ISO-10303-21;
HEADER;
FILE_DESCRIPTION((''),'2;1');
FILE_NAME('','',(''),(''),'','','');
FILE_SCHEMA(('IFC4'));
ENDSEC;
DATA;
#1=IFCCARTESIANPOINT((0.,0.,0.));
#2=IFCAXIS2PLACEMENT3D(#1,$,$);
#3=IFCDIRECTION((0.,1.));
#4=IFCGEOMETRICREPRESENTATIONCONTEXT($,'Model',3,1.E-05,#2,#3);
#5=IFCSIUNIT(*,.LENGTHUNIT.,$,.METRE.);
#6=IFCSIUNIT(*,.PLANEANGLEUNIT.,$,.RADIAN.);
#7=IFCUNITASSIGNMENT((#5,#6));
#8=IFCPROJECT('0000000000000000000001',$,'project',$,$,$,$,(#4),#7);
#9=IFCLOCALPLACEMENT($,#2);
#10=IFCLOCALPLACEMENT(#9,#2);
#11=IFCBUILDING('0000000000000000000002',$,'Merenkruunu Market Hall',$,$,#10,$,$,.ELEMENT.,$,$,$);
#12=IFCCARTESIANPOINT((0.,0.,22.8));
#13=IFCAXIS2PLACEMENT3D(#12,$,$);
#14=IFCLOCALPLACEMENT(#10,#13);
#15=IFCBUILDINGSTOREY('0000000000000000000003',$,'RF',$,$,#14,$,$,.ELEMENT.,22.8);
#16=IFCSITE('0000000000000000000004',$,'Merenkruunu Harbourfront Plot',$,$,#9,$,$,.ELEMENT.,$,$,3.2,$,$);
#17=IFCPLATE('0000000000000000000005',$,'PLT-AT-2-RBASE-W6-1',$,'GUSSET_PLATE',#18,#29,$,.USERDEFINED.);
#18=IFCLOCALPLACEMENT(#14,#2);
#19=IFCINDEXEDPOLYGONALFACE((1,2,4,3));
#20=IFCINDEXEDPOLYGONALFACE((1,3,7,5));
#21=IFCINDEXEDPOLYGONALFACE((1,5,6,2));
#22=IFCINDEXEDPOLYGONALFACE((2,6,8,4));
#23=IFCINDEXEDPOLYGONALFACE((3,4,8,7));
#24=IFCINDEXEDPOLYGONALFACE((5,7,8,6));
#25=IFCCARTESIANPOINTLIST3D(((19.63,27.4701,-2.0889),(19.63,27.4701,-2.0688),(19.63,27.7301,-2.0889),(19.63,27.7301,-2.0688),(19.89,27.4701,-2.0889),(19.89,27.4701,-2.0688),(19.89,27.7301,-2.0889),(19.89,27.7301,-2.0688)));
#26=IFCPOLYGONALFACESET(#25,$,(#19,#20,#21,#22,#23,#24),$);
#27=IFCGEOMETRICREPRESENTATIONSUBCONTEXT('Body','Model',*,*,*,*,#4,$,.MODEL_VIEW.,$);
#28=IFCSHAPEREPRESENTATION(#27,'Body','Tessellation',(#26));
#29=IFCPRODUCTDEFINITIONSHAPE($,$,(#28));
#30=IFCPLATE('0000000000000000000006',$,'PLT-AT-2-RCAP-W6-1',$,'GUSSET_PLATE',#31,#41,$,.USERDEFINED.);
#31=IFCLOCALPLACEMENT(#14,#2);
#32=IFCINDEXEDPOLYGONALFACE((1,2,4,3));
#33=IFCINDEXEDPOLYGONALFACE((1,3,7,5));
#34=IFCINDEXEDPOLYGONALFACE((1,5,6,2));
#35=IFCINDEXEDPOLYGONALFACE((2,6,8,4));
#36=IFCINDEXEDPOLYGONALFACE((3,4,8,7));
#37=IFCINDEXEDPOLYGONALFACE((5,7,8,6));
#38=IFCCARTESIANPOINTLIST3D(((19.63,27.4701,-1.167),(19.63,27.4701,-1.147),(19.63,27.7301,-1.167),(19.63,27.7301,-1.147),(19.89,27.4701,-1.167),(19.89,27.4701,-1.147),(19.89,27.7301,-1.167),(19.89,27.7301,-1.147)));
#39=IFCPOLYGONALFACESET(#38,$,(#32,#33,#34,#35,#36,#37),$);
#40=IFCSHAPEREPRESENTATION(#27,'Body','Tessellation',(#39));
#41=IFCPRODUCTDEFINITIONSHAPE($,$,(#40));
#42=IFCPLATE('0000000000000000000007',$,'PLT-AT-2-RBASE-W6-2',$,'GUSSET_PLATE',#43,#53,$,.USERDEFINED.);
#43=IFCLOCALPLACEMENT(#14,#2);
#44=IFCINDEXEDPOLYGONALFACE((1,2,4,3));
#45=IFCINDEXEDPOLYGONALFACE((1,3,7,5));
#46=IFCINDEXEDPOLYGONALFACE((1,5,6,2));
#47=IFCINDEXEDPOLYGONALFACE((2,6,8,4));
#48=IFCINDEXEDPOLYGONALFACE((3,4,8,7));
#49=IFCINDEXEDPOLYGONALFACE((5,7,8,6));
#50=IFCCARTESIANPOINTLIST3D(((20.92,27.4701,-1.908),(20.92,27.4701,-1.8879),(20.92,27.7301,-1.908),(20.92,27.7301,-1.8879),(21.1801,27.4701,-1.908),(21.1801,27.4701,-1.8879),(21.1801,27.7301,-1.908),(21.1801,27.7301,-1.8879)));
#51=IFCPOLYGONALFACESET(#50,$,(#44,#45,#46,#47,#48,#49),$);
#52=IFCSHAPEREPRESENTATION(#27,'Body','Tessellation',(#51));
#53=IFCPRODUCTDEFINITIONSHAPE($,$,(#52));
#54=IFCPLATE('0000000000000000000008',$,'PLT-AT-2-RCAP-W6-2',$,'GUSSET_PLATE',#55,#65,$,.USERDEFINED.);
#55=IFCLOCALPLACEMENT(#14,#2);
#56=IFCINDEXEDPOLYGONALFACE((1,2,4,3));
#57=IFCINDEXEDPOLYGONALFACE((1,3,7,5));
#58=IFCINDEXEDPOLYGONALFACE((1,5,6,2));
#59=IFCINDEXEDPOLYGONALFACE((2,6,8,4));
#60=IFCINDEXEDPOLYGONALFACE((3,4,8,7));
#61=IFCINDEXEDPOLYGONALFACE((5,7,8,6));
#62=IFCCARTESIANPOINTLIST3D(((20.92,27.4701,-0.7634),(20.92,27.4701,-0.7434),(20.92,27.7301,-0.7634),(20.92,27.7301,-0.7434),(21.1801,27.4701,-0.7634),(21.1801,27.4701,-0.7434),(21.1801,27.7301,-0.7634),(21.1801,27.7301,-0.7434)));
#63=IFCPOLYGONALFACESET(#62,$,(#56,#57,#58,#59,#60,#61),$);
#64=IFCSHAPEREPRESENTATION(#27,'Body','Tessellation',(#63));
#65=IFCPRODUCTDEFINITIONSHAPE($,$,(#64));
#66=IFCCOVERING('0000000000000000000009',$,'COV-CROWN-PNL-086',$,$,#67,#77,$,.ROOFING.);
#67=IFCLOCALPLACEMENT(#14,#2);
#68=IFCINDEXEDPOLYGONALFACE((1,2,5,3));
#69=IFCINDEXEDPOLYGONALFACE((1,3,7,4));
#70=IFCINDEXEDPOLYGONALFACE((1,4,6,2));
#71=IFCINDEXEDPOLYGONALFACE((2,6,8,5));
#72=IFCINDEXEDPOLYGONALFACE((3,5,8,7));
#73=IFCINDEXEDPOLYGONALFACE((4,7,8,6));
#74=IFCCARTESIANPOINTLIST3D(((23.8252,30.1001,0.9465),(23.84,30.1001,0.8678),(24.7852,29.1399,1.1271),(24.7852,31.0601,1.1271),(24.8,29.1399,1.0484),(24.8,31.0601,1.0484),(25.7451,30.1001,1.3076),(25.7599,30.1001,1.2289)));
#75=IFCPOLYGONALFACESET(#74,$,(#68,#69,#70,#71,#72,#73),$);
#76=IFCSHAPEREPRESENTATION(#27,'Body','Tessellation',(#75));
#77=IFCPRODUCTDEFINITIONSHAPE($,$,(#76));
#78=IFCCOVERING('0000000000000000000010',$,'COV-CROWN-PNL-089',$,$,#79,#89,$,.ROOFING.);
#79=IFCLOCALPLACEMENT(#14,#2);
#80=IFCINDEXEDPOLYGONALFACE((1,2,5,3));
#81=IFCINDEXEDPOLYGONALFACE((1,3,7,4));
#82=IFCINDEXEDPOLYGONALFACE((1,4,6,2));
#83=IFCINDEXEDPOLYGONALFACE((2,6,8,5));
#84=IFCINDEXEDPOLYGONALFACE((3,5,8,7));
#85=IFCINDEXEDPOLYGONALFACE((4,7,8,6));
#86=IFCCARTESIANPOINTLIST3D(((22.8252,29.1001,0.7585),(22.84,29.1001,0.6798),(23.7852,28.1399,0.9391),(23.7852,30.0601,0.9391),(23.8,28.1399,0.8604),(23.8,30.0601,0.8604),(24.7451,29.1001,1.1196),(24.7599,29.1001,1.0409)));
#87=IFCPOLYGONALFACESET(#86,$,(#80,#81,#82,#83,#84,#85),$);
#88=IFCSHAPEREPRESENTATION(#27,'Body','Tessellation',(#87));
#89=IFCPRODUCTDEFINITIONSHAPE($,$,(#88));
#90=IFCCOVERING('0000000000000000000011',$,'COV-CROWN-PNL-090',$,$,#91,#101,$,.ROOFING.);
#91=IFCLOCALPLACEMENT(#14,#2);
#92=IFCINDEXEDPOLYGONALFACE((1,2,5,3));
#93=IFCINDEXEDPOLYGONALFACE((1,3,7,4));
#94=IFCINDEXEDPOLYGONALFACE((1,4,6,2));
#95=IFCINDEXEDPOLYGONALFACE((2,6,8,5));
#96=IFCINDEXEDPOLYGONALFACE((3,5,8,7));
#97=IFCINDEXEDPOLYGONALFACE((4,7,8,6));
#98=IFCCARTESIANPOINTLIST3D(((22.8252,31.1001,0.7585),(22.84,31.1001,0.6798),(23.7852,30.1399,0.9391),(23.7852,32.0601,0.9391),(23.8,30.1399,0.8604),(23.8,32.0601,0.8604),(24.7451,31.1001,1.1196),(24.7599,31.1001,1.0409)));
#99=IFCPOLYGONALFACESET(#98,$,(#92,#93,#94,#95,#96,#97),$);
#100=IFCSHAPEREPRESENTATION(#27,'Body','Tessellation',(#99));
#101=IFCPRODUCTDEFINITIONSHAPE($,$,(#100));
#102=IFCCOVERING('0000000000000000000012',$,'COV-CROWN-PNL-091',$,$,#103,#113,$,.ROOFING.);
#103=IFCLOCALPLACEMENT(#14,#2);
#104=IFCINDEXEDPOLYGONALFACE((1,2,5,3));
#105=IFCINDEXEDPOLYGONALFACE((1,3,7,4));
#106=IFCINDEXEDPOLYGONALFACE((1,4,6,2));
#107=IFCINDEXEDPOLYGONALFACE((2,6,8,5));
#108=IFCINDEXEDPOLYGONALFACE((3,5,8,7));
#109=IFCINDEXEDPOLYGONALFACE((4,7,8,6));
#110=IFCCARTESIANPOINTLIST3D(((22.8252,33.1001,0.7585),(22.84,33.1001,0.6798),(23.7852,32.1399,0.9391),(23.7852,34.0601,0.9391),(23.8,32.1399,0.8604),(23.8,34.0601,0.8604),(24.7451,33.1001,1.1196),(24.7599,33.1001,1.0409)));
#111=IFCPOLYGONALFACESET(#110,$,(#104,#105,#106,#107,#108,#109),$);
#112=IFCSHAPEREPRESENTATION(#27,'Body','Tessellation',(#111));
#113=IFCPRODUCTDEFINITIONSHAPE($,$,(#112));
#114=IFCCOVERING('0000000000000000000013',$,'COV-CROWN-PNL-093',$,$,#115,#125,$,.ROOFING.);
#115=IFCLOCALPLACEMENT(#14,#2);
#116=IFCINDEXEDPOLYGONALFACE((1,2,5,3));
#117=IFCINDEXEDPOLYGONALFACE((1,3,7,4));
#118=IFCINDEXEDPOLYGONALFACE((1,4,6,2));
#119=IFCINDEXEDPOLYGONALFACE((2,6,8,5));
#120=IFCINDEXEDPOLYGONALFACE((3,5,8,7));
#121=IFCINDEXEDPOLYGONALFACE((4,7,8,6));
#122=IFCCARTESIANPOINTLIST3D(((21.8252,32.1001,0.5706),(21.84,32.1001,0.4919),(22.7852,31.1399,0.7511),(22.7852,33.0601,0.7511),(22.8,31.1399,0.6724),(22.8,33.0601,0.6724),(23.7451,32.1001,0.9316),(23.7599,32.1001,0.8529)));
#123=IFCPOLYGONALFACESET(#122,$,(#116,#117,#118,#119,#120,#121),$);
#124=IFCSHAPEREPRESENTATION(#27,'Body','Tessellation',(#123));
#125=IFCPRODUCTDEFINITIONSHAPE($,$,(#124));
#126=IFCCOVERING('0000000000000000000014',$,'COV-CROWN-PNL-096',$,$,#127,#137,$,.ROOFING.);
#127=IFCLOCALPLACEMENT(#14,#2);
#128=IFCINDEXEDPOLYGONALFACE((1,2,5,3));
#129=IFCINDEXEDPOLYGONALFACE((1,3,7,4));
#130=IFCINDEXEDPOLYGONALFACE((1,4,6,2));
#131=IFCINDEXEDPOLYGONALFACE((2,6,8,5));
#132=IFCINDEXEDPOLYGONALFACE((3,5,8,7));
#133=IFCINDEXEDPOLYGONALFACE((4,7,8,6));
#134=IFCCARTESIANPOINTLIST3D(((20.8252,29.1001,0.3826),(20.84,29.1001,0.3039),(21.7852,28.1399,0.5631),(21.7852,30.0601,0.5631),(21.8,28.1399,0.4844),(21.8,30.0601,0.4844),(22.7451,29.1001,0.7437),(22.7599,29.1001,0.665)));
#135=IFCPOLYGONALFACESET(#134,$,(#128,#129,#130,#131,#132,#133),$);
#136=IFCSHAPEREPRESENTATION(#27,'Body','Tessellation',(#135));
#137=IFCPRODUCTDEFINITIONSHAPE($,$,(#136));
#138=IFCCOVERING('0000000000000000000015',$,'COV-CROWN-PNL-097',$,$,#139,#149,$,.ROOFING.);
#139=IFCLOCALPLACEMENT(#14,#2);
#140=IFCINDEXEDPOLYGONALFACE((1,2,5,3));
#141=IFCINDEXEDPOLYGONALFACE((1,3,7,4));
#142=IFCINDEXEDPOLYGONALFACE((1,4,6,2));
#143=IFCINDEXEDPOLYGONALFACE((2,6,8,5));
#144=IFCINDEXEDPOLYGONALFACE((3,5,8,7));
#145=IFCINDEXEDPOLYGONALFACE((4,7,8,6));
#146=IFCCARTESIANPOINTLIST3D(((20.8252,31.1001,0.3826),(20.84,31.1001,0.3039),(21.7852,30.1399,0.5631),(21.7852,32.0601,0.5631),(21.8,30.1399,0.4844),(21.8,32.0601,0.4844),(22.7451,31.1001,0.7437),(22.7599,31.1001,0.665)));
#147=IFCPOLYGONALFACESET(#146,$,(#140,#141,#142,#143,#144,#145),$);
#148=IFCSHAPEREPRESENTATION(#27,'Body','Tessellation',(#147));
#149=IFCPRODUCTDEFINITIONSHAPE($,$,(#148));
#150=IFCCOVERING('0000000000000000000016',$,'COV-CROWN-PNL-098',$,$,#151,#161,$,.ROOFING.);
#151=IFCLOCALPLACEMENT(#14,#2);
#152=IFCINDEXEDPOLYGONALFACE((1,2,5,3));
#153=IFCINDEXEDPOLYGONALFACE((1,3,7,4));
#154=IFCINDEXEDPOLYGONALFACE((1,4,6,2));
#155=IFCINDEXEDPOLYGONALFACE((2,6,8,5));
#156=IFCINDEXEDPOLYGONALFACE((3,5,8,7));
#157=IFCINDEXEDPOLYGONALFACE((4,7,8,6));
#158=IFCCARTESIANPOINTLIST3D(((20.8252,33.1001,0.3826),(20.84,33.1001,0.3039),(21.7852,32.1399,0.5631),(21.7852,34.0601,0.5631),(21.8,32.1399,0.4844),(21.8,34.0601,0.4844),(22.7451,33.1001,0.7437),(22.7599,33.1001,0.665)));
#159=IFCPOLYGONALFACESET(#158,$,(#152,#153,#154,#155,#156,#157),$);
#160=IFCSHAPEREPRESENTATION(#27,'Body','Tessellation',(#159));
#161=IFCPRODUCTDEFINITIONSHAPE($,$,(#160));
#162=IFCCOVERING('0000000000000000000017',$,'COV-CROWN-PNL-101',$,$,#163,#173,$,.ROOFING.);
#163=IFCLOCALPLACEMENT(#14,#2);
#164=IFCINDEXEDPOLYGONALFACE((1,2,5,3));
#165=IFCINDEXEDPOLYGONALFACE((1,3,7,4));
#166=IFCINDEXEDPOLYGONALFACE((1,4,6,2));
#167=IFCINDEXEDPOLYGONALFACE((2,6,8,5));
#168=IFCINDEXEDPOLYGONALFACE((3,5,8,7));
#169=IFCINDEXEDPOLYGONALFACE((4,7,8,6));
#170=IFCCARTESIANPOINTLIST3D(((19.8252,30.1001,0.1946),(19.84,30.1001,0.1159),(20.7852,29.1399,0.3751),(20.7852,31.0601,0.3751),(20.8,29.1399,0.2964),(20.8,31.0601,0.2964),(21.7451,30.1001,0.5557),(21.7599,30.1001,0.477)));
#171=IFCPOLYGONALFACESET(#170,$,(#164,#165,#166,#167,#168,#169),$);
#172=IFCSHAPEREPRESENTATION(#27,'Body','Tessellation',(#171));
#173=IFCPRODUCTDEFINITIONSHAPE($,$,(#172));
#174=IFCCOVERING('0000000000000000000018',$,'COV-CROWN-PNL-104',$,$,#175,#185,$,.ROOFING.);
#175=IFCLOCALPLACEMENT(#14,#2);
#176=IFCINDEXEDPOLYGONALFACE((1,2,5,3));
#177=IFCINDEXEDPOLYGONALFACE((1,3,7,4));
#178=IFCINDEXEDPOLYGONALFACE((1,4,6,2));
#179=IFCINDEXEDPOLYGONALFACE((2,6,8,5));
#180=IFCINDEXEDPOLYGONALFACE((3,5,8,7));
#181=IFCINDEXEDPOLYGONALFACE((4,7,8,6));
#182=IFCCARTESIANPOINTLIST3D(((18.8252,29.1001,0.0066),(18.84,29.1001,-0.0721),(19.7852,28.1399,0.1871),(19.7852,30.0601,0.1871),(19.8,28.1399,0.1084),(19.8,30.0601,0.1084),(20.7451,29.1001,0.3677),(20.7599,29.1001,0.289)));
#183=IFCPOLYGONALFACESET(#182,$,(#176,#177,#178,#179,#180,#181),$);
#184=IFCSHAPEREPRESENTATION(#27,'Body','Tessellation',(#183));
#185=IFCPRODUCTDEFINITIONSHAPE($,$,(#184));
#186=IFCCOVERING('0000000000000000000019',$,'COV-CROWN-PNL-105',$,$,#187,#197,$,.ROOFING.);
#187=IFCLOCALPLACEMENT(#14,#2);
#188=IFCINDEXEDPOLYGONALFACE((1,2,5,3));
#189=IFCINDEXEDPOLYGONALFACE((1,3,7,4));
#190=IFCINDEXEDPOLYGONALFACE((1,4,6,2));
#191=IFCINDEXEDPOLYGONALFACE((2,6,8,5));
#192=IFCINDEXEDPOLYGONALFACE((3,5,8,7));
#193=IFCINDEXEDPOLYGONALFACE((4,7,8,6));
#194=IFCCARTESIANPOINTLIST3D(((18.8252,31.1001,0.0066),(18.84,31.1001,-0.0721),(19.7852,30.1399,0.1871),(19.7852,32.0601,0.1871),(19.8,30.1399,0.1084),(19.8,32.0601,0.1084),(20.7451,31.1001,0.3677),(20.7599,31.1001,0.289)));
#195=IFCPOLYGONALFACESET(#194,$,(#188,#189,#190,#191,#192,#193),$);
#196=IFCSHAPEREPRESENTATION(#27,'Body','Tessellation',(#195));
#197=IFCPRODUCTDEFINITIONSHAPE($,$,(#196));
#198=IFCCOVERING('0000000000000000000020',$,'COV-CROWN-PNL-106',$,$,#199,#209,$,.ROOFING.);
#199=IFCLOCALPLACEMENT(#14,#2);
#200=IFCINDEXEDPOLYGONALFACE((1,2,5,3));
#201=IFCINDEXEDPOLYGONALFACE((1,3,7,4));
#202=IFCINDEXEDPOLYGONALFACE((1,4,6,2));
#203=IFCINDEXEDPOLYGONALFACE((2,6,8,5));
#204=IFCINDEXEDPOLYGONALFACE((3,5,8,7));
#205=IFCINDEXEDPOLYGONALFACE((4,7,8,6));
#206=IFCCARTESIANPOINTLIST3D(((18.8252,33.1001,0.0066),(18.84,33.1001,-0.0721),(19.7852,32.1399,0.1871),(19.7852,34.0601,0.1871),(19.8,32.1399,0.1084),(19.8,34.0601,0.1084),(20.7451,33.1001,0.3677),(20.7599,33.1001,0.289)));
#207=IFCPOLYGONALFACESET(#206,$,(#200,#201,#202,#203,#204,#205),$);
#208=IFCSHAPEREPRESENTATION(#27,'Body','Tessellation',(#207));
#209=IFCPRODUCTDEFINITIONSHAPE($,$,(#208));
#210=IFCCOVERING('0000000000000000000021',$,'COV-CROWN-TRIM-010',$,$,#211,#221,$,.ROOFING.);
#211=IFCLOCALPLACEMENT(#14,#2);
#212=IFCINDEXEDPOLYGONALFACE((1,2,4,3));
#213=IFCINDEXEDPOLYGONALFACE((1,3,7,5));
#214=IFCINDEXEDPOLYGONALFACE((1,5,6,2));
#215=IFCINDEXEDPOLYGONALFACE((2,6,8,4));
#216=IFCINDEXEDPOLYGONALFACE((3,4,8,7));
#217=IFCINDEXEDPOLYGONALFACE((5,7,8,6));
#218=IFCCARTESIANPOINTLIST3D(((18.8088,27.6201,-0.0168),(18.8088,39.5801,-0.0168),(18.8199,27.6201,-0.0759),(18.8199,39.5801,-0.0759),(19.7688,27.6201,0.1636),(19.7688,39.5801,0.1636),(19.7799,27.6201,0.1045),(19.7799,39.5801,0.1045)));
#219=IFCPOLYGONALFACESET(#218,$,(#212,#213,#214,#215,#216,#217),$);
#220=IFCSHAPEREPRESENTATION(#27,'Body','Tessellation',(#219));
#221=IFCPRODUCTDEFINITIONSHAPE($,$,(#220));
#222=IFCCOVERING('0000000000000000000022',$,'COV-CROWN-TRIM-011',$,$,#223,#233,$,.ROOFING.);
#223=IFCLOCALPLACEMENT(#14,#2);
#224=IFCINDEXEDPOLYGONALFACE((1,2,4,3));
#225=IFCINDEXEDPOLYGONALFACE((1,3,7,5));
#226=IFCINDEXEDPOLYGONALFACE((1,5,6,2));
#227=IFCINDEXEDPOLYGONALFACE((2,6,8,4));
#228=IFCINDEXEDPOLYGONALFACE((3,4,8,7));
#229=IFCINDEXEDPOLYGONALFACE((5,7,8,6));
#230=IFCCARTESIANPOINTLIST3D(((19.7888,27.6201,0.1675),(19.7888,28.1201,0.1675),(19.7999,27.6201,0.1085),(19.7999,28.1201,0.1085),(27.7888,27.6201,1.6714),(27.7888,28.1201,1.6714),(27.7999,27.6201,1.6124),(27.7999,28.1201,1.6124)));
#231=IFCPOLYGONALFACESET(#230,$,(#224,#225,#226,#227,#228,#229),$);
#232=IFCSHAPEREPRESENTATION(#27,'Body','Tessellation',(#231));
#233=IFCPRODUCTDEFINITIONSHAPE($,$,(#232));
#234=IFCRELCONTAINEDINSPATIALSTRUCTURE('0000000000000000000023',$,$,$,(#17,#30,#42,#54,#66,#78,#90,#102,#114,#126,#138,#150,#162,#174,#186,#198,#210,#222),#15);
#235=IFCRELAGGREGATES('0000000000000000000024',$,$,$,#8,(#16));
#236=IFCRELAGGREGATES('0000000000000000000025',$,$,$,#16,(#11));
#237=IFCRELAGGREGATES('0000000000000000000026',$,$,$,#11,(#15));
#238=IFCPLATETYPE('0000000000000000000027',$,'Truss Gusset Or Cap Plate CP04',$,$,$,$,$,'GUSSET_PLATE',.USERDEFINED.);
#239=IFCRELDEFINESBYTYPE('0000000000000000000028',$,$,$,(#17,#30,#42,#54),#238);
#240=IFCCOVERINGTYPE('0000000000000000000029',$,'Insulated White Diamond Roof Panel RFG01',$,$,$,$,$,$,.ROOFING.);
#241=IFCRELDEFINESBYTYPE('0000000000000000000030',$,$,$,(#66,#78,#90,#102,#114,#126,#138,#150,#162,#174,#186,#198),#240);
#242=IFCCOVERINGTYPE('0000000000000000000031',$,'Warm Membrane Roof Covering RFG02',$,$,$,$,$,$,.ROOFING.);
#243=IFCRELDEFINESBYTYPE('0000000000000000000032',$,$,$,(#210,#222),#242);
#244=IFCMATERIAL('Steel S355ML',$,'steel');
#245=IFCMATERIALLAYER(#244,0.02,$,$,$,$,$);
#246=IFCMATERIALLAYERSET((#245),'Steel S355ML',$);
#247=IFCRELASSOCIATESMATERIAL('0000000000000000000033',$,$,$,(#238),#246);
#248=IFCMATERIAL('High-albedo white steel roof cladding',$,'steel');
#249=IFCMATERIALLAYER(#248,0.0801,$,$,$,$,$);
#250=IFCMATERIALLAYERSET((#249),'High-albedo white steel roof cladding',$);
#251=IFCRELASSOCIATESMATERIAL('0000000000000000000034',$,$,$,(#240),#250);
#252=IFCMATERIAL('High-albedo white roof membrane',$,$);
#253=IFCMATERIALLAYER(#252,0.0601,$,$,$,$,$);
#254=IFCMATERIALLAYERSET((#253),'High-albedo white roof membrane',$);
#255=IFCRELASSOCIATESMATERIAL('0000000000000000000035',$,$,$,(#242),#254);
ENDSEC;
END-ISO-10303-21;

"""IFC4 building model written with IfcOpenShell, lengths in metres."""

from ifc_helpers import new_model, si_unit, direction, frame, origin, origin_2d, place, context, subcontext, project, spatial, polyline, rectangle, outline, extrude, material, layer, layer_set, type_object, element, save


model = new_model("IFC4")

# Units and contexts
model_context = context("Model", 3, precision=1e-05, world=origin(), true_north=direction((0.0, 1.0)))
body_context = subcontext(model_context, "Body", "Model", "MODEL_VIEW")
ifc_project = project(units=[si_unit("LENGTHUNIT", "METRE"), si_unit("PLANEANGLEUNIT", "RADIAN")], contexts=[model_context])

# Site, building, storey
site_placement = place(None, origin())
site = spatial("IfcSite", under=ifc_project, at=site_placement, Name="Merenkruunu Harbourfront Plot", CompositionType="ELEMENT", RefElevation=3.2)
building_placement = place(site_placement, origin())
building = spatial("IfcBuilding", under=site, at=building_placement, Name="Merenkruunu Market Hall", CompositionType="ELEMENT")
storey_placement = place(building_placement, frame((0.0, 0.0, 22.8)))
storey = spatial("IfcBuildingStorey", under=building, at=storey_placement, Name="RF", CompositionType="ELEMENT", Elevation=22.8)

# Shared definitions
ifc_material_1 = material(Name="Steel S355ML", Category="steel")

# Plates
ifc_layer_1 = layer(ifc_material_1, 0.02)
ifc_layer_set_1 = layer_set([ifc_layer_1], Name="Steel S355ML")
plate_type_1 = type_object("IfcPlateType", Name="Truss Gusset Or Cap Plate CP04", ElementType="GUSSET_PLATE", PredefinedType="USERDEFINED", material=ifc_layer_set_1)
for number, where, z_axis, x_axis, name in (
    (1, (19.76, 27.6001, -2.0889), (0.0, 0.0, 1.0), (1.0, 0.0, 0.0), "PLT-AT-2-RBASE-W6-1"),
    (2, (19.76, 27.6001, -1.167), (0.0, 0.0, 1.0), (1.0, 0.0, 0.0), "PLT-AT-2-RCAP-W6-1"),
    (3, (21.05, 27.6001, -1.908), (0.0, 0.0, 1.0), (1.0, 0.0, 0.0), "PLT-AT-2-RBASE-W6-2"),
    (4, (21.05, 27.6001, -0.7634), (0.0, 0.0, 1.0), (1.0, 0.0, 0.0), "PLT-AT-2-RCAP-W6-2"),
):
    element("IfcPlate", number, at=place(storey_placement, frame(where, z_axis=z_axis, x_axis=x_axis)), inside=storey, type_object=plate_type_1, Name=name, ObjectType="GUSSET_PLATE", PredefinedType="USERDEFINED", context=body_context, shape_type="SweptSolid", body=[
        extrude(rectangle(XDim=0.26, YDim=0.26, at=origin_2d()), origin(), (0.0, 0.0, 1.0), 0.02),
    ])

# Coverings
ifc_material_2 = material(Name="High-albedo white steel roof cladding", Category="steel")
ifc_layer_2 = layer(ifc_material_2, 0.0801)
ifc_layer_set_2 = layer_set([ifc_layer_2], Name="High-albedo white steel roof cladding")
covering_type_1 = type_object("IfcCoveringType", Name="Insulated White Diamond Roof Panel RFG01", PredefinedType="ROOFING", material=ifc_layer_set_2)
for number, where, z_axis, x_axis, name in (
    (5, (23.8252, 30.1001, 0.9465), (-0.184832, 0.0, 0.98277), (0.700856, -0.701018, 0.131812), "COV-CROWN-PNL-086"),
    (6, (22.8252, 29.1001, 0.7585), (-0.184832, 0.0, 0.98277), (0.700856, -0.701018, 0.131812), "COV-CROWN-PNL-089"),
    (7, (22.8252, 31.1001, 0.7585), (-0.184832, 0.0, 0.98277), (0.700856, -0.701018, 0.131812), "COV-CROWN-PNL-090"),
    (8, (22.8252, 33.1001, 0.7585), (-0.184832, 0.0, 0.98277), (0.700856, -0.701018, 0.131812), "COV-CROWN-PNL-091"),
    (9, (21.8252, 32.1001, 0.5706), (-0.184832, 0.0, 0.98277), (0.700856, -0.701018, 0.131812), "COV-CROWN-PNL-093"),
    (10, (20.8252, 29.1001, 0.3826), (-0.184832, 0.0, 0.98277), (0.700856, -0.701018, 0.131812), "COV-CROWN-PNL-096"),
    (11, (20.8252, 31.1001, 0.3826), (-0.184832, 0.0, 0.98277), (0.700856, -0.701018, 0.131812), "COV-CROWN-PNL-097"),
    (12, (20.8252, 33.1001, 0.3826), (-0.184832, 0.0, 0.98277), (0.700856, -0.701018, 0.131812), "COV-CROWN-PNL-098"),
    (13, (19.8252, 30.1001, 0.1946), (-0.184832, 0.0, 0.98277), (0.700856, -0.701018, 0.131812), "COV-CROWN-PNL-101"),
    (14, (18.8252, 29.1001, 0.0066), (-0.184832, 0.0, 0.98277), (0.700856, -0.701018, 0.131812), "COV-CROWN-PNL-104"),
    (15, (18.8252, 31.1001, 0.0066), (-0.184832, 0.0, 0.98277), (0.700856, -0.701018, 0.131812), "COV-CROWN-PNL-105"),
    (16, (18.8252, 33.1001, 0.0066), (-0.184832, 0.0, 0.98277), (0.700856, -0.701018, 0.131812), "COV-CROWN-PNL-106"),
):
    element("IfcCovering", number, at=place(storey_placement, frame(where, z_axis=z_axis, x_axis=x_axis)), inside=storey, type_object=covering_type_1, Name=name, PredefinedType="ROOFING", context=body_context, shape_type="SweptSolid", body=[
        extrude(outline(polyline([(0.0, 0.0), (1.3697, 0.0), (1.3932, 1.3695), (0.0237, 1.3694), (0.0, 0.0)])), origin(), (0.0, 0.0, -1.0), 0.0801),
    ])
ifc_material_3 = material(Name="High-albedo white roof membrane")
ifc_layer_3 = layer(ifc_material_3, 0.0601)
ifc_layer_set_3 = layer_set([ifc_layer_3], Name="High-albedo white roof membrane")
covering_type_2 = type_object("IfcCoveringType", Name="Warm Membrane Roof Covering RFG02", PredefinedType="ROOFING", material=ifc_layer_set_3)
covering_1_placement = place(storey_placement, frame((18.8088, 27.6201, -0.0168), z_axis=(-0.184711, 0.0, 0.982793), x_axis=(0.982793, 0.0, 0.184711)))
element("IfcCovering", 17, at=covering_1_placement, inside=storey, type_object=covering_type_2, Name="COV-CROWN-TRIM-010", PredefinedType="ROOFING", context=body_context, shape_type="SweptSolid", body=[
    extrude(outline(polyline([(0.0, 0.0), (0.9768, 0.0), (0.9768, 11.96), (0.0, 11.96), (0.0, 0.0)])), origin(), (0.0, 0.0, -1.0), 0.0601),
])
covering_2_placement = place(storey_placement, frame((19.7888, 27.6201, 0.1675), z_axis=(-0.184752, 0.0, 0.982785), x_axis=(0.982785, 0.0, 0.184752)))
element("IfcCovering", 18, at=covering_2_placement, inside=storey, type_object=covering_type_2, Name="COV-CROWN-TRIM-011", PredefinedType="ROOFING", context=body_context, shape_type="SweptSolid", body=[
    extrude(outline(polyline([(0.0, 0.0), (8.1401, 0.0), (8.1401, 0.5), (0.0, 0.5), (0.0, 0.0)])), origin(), (0.0, 0.0, -1.0), 0.0601),
])

save(model, "model.ifc")
